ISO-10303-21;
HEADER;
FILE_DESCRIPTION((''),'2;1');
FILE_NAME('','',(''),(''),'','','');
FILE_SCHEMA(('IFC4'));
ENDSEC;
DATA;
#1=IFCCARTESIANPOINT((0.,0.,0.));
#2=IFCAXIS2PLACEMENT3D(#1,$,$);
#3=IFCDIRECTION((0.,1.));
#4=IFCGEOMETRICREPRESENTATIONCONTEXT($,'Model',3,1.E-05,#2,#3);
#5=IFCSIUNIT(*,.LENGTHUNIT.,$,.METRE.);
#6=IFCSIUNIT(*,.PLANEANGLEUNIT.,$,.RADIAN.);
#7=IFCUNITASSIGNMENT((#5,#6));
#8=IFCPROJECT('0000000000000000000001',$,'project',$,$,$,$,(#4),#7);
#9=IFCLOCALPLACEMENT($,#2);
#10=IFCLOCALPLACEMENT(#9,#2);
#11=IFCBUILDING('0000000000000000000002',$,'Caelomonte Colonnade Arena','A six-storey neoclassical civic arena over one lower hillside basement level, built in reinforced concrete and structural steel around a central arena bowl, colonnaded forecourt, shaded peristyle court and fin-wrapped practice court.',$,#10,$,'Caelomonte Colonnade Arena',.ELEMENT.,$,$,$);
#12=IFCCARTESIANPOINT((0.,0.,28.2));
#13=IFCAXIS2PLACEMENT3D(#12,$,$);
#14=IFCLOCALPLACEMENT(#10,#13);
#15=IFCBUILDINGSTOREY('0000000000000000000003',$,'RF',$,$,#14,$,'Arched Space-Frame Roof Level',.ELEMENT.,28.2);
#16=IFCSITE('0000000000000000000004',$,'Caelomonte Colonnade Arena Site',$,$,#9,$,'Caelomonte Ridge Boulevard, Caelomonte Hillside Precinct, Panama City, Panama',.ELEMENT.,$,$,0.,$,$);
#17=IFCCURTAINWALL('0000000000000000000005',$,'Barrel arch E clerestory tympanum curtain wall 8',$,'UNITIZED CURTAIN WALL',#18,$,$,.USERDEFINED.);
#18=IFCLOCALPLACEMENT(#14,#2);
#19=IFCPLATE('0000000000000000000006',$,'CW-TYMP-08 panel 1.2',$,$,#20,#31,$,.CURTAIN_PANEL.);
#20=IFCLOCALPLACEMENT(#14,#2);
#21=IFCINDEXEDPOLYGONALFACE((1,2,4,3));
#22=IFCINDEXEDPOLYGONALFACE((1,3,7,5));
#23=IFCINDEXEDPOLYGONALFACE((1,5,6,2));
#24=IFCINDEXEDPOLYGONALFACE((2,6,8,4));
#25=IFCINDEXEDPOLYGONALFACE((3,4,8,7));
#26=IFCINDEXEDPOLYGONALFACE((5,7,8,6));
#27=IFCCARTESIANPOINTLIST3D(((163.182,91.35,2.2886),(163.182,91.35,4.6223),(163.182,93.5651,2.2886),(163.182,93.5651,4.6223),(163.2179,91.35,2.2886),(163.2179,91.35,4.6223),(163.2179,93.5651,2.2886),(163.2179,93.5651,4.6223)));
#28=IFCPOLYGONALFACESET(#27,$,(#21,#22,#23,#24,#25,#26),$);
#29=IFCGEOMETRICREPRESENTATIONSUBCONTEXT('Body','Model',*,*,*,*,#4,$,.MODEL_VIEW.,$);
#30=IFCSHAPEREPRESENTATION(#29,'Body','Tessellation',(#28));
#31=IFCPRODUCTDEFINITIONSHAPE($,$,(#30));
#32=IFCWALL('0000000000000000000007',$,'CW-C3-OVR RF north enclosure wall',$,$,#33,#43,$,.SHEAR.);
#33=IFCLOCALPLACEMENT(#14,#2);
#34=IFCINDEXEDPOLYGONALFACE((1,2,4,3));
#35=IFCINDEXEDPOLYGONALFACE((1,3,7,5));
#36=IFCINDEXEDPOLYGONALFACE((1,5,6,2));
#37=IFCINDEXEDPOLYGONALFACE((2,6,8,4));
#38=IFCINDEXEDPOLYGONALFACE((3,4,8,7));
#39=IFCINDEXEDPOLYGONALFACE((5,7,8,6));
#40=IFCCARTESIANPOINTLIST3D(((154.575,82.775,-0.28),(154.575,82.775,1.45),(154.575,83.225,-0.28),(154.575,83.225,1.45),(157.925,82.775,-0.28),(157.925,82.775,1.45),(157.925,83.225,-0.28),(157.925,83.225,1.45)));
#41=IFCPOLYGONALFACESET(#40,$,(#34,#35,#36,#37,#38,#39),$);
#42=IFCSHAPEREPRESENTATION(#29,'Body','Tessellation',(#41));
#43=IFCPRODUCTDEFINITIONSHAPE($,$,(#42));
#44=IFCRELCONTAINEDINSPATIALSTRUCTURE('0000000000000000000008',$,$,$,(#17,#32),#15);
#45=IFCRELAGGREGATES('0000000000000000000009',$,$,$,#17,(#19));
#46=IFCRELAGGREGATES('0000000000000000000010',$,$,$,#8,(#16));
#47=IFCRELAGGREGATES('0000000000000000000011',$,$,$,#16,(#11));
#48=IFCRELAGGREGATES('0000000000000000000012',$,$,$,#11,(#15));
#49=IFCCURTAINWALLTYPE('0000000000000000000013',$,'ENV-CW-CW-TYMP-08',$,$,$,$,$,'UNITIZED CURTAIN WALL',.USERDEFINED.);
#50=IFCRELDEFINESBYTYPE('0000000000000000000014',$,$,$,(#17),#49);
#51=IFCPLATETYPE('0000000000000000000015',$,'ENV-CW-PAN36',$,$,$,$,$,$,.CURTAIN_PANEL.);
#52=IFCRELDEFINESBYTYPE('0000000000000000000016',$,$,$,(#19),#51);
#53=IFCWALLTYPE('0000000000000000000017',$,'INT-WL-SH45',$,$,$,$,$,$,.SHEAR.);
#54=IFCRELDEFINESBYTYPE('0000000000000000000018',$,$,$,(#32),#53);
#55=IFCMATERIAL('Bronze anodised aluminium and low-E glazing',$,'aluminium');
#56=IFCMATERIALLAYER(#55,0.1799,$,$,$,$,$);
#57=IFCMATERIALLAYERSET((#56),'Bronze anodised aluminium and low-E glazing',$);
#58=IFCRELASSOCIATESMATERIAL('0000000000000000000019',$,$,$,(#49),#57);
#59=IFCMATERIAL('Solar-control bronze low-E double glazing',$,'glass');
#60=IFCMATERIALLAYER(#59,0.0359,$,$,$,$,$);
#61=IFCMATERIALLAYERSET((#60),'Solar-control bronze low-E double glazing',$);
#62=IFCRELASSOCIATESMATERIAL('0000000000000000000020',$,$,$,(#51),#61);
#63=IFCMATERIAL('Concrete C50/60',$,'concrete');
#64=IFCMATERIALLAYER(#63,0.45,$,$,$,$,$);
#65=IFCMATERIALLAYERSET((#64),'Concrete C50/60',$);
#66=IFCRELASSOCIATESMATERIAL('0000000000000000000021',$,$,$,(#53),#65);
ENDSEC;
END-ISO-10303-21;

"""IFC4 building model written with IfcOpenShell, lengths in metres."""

from ifc_helpers import new_model, si_unit, direction, frame, frame_2d, origin, origin_2d, place, context, subcontext, project, spatial, rectangle, extrude, material, layer, layer_set, type_object, element, aggregate, save


model = new_model("IFC4")

# Units and contexts
model_context = context("Model", 3, precision=1e-05, world=origin(), true_north=direction((0.0, 1.0)))
body_context = subcontext(model_context, "Body", "Model", "MODEL_VIEW")
ifc_project = project(units=[si_unit("LENGTHUNIT", "METRE"), si_unit("PLANEANGLEUNIT", "RADIAN")], contexts=[model_context])

# Site, building, storey
site_placement = place(None, origin())
site = spatial("IfcSite", under=ifc_project, at=site_placement, Name="Caelomonte Colonnade Arena Site", LongName="Caelomonte Ridge Boulevard, Caelomonte Hillside Precinct, Panama City, Panama", CompositionType="ELEMENT", RefElevation=0.0)
building_placement = place(site_placement, origin())
building = spatial("IfcBuilding", under=site, at=building_placement, Name="Caelomonte Colonnade Arena", Description="A six-storey neoclassical civic arena over one lower hillside basement level, built in reinforced concrete and structural steel around a central arena bowl, colonnaded forecourt, shaded peristyle court and fin-wrapped practice court.", LongName="Caelomonte Colonnade Arena", CompositionType="ELEMENT")
storey_placement = place(building_placement, frame((0.0, 0.0, 28.2)))
storey = spatial("IfcBuildingStorey", under=building, at=storey_placement, Name="RF", LongName="Arched Space-Frame Roof Level", CompositionType="ELEMENT", Elevation=28.2)

# Shared definitions
ifc_material_1 = material(Name="Bronze anodised aluminium and low-E glazing", Category="aluminium")

# Curtain wall
ifc_layer_1 = layer(ifc_material_1, 0.1799)
ifc_layer_set_1 = layer_set([ifc_layer_1], Name="Bronze anodised aluminium and low-E glazing")
curtain_wall_type_1 = type_object("IfcCurtainWallType", Name="ENV-CW-CW-TYMP-08", ElementType="UNITIZED CURTAIN WALL", PredefinedType="USERDEFINED", material=ifc_layer_set_1)
curtain_wall_1_placement = place(storey_placement, origin())
curtain_wall_1 = element("IfcCurtainWall", 1, at=curtain_wall_1_placement, inside=storey, type_object=curtain_wall_type_1, Name="Barrel arch E clerestory tympanum curtain wall 8", ObjectType="UNITIZED CURTAIN WALL", PredefinedType="USERDEFINED")

# Plate
ifc_material_2 = material(Name="Solar-control bronze low-E double glazing", Category="glass")
ifc_layer_2 = layer(ifc_material_2, 0.0359)
ifc_layer_set_2 = layer_set([ifc_layer_2], Name="Solar-control bronze low-E double glazing")
plate_type = type_object("IfcPlateType", Name="ENV-CW-PAN36", PredefinedType="CURTAIN_PANEL", material=ifc_layer_set_2)
plate_1_placement = place(storey_placement, frame((163.2, 92.4575, 2.2886), z_axis=(0.0, 0.0, 1.0), x_axis=(0.0, 1.0, 0.0)))
plate_1 = element("IfcPlate", 2, at=plate_1_placement, type_object=plate_type, Name="CW-TYMP-08 panel 1.2", PredefinedType="CURTAIN_PANEL", context=body_context, shape_type="SweptSolid", body=[
    extrude(rectangle(XDim=2.2151, YDim=0.0359, at=origin_2d()), origin(), (0.0, 0.0, 1.0), 2.3337),
])
aggregate(curtain_wall_1, [plate_1])

# Wall
ifc_material_3 = material(Name="Concrete C50/60", Category="concrete")
ifc_layer_3 = layer(ifc_material_3, 0.45)
ifc_layer_set_3 = layer_set([ifc_layer_3], Name="Concrete C50/60")
wall_type = type_object("IfcWallType", Name="INT-WL-SH45", PredefinedType="SHEAR", material=ifc_layer_set_3)
wall_placement = place(storey_placement, frame((157.925, 83.0, -0.28), z_axis=(0.0, 0.0, 1.0), x_axis=(-1.0, 0.0, 0.0)))
element("IfcWall", 3, at=wall_placement, inside=storey, type_object=wall_type, Name="CW-C3-OVR RF north enclosure wall", PredefinedType="SHEAR", context=body_context, shape_type="SweptSolid", body=[
    extrude(rectangle(XDim=3.3501, YDim=0.45, at=frame_2d((1.675, 0.0))), origin(), (0.0, 0.0, 1.0), 1.73),
])

save(model, "model.ifc")
